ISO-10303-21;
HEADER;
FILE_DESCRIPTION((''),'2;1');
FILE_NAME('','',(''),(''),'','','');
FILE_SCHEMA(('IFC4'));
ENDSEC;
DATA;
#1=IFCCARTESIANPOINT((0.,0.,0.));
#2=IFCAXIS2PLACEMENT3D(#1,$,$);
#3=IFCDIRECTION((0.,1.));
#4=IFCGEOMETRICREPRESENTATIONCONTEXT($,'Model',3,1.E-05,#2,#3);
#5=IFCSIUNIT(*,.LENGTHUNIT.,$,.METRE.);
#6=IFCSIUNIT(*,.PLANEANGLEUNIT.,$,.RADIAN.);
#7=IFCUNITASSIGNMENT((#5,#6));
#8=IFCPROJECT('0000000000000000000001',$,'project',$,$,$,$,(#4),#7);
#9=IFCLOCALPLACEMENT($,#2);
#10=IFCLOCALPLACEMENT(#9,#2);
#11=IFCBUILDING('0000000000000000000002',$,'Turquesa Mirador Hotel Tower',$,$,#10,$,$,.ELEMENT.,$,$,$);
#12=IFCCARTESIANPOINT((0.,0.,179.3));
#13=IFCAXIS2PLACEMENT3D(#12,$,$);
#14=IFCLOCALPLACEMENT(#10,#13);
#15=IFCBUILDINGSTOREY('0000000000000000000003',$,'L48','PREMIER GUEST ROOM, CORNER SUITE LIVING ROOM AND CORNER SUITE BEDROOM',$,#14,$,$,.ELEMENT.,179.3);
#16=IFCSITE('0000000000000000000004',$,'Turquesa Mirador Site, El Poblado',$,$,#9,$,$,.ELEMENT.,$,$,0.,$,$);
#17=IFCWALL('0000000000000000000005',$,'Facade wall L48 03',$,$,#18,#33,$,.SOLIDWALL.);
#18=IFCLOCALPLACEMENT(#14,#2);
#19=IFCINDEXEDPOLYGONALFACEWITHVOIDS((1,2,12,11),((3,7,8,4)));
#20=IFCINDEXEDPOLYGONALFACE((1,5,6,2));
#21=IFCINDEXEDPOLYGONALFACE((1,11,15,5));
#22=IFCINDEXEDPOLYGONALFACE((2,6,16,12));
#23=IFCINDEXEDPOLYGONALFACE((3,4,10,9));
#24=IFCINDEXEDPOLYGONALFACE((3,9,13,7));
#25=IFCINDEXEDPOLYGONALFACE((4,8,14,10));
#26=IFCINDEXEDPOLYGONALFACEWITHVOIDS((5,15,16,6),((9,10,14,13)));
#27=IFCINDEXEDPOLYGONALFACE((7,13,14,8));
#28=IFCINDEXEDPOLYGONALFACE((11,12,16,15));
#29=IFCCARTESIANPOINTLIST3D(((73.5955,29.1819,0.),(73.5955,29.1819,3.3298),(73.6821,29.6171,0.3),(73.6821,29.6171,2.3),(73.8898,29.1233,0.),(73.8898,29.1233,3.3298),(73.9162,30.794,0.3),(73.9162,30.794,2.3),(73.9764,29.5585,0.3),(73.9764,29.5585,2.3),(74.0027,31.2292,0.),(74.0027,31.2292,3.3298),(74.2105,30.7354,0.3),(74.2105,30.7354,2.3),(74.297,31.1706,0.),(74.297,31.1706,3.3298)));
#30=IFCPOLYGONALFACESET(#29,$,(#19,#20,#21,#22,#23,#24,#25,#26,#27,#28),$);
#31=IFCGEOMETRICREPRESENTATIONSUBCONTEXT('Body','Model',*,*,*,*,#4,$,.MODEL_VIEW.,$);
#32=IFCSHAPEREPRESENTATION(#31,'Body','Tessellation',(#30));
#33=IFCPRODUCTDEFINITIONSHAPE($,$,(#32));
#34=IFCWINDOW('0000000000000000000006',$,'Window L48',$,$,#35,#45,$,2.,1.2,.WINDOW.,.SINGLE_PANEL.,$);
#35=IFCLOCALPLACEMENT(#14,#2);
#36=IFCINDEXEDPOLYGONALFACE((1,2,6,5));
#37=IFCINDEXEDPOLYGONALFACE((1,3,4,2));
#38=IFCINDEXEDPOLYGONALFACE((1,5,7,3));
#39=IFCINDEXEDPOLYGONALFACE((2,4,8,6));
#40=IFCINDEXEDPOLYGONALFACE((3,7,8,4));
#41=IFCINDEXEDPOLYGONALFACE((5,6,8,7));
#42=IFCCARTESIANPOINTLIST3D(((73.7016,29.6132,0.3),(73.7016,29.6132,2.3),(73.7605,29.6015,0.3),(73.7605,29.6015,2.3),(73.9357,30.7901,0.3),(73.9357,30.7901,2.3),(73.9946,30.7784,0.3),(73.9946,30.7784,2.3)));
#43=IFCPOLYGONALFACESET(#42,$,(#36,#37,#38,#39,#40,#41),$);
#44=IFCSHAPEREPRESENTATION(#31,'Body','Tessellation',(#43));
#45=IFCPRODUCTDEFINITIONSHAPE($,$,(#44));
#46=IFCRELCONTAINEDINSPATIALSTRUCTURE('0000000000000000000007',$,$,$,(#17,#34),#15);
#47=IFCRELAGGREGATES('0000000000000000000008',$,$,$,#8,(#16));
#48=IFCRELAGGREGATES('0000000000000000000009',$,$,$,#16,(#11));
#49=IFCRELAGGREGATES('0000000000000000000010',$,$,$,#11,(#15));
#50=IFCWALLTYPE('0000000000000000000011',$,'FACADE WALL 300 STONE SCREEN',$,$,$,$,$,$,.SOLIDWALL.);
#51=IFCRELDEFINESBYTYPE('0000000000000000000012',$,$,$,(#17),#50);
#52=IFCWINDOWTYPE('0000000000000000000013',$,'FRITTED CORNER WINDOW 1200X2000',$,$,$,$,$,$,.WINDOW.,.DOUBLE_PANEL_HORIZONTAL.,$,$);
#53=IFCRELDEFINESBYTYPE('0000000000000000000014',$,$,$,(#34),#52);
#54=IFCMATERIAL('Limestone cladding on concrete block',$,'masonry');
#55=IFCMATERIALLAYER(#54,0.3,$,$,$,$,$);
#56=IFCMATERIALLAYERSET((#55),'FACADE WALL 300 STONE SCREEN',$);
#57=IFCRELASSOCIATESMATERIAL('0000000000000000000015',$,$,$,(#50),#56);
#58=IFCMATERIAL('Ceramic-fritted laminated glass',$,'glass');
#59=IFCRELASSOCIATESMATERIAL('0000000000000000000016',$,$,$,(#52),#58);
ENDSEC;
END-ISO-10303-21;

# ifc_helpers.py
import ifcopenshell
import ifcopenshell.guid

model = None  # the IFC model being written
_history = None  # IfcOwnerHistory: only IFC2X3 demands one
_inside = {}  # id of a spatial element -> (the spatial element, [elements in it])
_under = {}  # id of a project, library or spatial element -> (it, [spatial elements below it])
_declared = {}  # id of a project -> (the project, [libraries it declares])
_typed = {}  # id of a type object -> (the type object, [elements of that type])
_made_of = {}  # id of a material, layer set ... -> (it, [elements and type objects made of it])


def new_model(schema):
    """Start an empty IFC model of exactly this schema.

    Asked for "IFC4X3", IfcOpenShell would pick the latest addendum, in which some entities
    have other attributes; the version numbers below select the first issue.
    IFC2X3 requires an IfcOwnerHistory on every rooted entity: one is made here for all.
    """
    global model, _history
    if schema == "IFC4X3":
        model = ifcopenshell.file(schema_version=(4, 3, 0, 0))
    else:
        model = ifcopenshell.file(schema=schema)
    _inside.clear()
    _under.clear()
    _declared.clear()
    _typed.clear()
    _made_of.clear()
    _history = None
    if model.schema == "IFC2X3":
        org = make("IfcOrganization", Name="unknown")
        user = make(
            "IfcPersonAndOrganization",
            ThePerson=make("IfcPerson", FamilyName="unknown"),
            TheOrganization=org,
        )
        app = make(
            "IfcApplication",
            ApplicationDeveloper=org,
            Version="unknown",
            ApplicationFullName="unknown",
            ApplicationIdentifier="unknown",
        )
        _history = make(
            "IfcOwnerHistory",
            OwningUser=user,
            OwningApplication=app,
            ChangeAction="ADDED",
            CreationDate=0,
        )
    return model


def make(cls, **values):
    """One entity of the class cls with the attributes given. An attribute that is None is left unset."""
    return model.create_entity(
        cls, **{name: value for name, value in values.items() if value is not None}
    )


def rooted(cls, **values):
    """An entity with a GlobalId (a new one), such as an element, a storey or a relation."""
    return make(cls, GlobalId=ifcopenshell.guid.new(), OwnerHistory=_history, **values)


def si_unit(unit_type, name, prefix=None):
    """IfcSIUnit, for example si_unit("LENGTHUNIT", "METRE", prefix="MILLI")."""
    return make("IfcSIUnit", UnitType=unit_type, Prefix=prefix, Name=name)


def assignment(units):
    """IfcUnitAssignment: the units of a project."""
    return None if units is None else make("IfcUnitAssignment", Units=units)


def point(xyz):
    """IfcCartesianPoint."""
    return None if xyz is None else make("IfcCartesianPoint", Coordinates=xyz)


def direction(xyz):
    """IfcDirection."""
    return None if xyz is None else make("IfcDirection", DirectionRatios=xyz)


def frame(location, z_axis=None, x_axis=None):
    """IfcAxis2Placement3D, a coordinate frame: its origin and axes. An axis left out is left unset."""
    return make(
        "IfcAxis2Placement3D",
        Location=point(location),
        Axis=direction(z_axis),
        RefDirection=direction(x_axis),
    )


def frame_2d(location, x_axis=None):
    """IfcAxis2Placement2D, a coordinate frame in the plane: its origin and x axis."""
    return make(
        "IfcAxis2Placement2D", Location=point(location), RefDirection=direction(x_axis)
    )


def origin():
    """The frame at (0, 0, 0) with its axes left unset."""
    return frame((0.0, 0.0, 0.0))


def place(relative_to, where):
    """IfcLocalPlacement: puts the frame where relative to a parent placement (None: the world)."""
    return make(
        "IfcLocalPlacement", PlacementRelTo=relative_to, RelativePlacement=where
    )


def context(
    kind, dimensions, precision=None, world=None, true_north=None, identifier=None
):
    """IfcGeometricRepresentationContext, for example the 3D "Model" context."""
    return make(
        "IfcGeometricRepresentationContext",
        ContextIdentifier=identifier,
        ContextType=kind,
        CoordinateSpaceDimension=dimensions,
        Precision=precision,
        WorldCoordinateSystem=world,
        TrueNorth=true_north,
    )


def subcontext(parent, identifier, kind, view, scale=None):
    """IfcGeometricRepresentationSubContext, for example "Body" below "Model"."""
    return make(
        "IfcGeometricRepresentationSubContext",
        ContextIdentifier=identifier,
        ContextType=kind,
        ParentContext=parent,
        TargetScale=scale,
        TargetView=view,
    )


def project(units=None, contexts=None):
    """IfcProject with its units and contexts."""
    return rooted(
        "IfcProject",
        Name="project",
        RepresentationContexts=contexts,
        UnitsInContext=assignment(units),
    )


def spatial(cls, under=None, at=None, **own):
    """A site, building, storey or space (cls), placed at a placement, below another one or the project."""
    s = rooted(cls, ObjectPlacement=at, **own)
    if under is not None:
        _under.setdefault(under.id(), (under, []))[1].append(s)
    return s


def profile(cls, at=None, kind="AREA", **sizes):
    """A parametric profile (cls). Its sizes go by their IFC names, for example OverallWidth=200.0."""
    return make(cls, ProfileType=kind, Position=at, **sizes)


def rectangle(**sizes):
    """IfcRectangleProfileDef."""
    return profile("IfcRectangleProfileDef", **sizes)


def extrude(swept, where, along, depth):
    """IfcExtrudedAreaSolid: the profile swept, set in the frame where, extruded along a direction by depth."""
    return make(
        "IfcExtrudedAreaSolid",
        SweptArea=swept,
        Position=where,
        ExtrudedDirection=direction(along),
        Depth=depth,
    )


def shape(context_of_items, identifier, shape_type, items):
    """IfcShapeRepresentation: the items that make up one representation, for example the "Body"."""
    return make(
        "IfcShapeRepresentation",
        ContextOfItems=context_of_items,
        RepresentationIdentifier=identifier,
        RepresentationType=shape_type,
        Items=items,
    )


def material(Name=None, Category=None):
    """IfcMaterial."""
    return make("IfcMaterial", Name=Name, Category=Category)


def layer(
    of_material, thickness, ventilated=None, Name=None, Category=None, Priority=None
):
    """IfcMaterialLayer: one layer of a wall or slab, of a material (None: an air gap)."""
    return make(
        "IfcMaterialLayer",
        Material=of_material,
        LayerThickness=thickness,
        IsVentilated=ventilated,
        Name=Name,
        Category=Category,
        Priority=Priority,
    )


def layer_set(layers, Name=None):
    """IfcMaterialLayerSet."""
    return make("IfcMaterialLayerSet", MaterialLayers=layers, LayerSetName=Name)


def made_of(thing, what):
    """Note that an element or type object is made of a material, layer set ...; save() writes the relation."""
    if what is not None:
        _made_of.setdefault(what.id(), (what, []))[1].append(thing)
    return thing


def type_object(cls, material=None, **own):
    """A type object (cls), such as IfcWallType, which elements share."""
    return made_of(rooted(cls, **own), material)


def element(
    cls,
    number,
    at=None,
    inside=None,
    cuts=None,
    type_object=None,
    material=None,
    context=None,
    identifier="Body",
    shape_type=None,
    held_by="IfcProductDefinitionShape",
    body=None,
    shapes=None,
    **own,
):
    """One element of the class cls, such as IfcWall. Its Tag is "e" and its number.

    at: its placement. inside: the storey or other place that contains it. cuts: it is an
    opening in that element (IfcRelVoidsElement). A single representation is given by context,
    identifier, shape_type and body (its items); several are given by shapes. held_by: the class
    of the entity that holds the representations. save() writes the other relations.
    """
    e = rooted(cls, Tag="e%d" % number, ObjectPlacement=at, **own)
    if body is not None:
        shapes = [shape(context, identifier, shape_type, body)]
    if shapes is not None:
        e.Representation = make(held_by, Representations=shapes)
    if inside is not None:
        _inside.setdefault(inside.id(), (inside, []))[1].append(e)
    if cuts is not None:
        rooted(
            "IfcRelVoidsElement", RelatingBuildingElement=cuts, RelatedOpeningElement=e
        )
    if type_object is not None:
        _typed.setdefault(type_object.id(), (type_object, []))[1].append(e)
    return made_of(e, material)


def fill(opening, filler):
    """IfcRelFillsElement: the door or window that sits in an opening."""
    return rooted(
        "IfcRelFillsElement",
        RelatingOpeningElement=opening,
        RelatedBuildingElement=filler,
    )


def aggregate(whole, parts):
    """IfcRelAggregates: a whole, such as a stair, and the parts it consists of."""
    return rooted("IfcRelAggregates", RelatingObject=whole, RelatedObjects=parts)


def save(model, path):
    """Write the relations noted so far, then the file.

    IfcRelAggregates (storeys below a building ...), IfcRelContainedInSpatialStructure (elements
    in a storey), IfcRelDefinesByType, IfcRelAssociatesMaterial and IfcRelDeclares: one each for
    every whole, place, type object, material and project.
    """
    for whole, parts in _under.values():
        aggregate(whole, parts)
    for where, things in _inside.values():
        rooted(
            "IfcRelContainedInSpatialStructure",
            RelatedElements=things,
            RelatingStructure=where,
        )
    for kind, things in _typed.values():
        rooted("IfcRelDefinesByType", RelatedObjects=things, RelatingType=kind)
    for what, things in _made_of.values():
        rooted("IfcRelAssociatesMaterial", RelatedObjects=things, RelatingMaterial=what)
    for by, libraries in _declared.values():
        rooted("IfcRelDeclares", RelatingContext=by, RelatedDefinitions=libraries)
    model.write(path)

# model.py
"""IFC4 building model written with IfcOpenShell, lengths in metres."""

from ifc_helpers import new_model, si_unit, direction, frame, frame_2d, origin, place, context, subcontext, project, spatial, rectangle, extrude, material, layer, layer_set, type_object, element, fill, save


model = new_model("IFC4")

# Units and contexts
model_context = context("Model", 3, precision=1e-05, world=origin(), true_north=direction((0.0, 1.0)))
body_context = subcontext(model_context, "Body", "Model", "MODEL_VIEW")
ifc_project = project(units=[si_unit("LENGTHUNIT", "METRE"), si_unit("PLANEANGLEUNIT", "RADIAN")], contexts=[model_context])

# Site, building, storey
site_placement = place(None, origin())
site = spatial("IfcSite", under=ifc_project, at=site_placement, Name="Turquesa Mirador Site, El Poblado", CompositionType="ELEMENT", RefElevation=0.0)
building_placement = place(site_placement, origin())
building = spatial("IfcBuilding", under=site, at=building_placement, Name="Turquesa Mirador Hotel Tower", CompositionType="ELEMENT")
storey_placement = place(building_placement, frame((0.0, 0.0, 179.3)))
storey = spatial("IfcBuildingStorey", under=building, at=storey_placement, Name="L48", Description="PREMIER GUEST ROOM, CORNER SUITE LIVING ROOM AND CORNER SUITE BEDROOM", CompositionType="ELEMENT", Elevation=179.3)

# Wall, opening, window
ifc_material_1 = material(Name="Limestone cladding on concrete block", Category="masonry")
ifc_layer_1 = layer(ifc_material_1, 0.3)
ifc_layer_set_1 = layer_set([ifc_layer_1], Name="FACADE WALL 300 STONE SCREEN")
wall_type_1 = type_object("IfcWallType", Name="FACADE WALL 300 STONE SCREEN", PredefinedType="SOLIDWALL", material=ifc_layer_set_1)
ifc_material_2 = material(Name="Ceramic-fritted laminated glass", Category="glass")
window_type_1 = type_object("IfcWindowType", Name="FRITTED CORNER WINDOW 1200X2000", PartitioningType="DOUBLE_PANEL_HORIZONTAL", PredefinedType="WINDOW", material=ifc_material_2)
wall_1_placement = place(storey_placement, frame((73.7427, 29.1526, 0.0), z_axis=(0.0, 0.0, 1.0), x_axis=(0.195081, 0.980787, 0.0)))
wall_1 = element("IfcWall", 1, at=wall_1_placement, inside=storey, type_object=wall_type_1, Name="Facade wall L48 03", PredefinedType="SOLIDWALL", context=body_context, shape_type="SweptSolid", body=[
    extrude(rectangle(XDim=2.0874, YDim=0.3, at=frame_2d((1.0437, 0.0))), origin(), (0.0, 0.0, 1.0), 3.3298),
])
opening_1_placement = place(wall_1_placement, frame((0.4436, 0.0, 0.3)))
opening_1 = element("IfcOpeningElement", 2, at=opening_1_placement, cuts=wall_1, PredefinedType="OPENING", context=body_context, shape_type="SweptSolid", body=[
    extrude(rectangle(XDim=1.2, YDim=2.0, at=frame_2d((0.6001, 1.0))), frame((0.0, 0.1599, 0.0), z_axis=(0.0, -1.0, 0.0), x_axis=(1.0, 0.0, 0.0)), (0.0, 0.0, 1.0), 0.3201),
])
window_1_placement = place(opening_1_placement, origin())
window_1 = element("IfcWindow", 3, at=window_1_placement, inside=storey, type_object=window_type_1, Name="Window L48", OverallHeight=2.0, OverallWidth=1.2, PartitioningType="SINGLE_PANEL", PredefinedType="WINDOW", context=body_context, shape_type="SweptSolid", body=[
    extrude(rectangle(XDim=1.2, YDim=2.0, at=frame_2d((0.6001, 1.0))), frame((0.0, 0.1301, 0.0), z_axis=(0.0, -1.0, 0.0), x_axis=(1.0, 0.0, 0.0)), (0.0, 0.0, 1.0), 0.0601),
])
fill(opening_1, window_1)

save(model, "model.ifc")
